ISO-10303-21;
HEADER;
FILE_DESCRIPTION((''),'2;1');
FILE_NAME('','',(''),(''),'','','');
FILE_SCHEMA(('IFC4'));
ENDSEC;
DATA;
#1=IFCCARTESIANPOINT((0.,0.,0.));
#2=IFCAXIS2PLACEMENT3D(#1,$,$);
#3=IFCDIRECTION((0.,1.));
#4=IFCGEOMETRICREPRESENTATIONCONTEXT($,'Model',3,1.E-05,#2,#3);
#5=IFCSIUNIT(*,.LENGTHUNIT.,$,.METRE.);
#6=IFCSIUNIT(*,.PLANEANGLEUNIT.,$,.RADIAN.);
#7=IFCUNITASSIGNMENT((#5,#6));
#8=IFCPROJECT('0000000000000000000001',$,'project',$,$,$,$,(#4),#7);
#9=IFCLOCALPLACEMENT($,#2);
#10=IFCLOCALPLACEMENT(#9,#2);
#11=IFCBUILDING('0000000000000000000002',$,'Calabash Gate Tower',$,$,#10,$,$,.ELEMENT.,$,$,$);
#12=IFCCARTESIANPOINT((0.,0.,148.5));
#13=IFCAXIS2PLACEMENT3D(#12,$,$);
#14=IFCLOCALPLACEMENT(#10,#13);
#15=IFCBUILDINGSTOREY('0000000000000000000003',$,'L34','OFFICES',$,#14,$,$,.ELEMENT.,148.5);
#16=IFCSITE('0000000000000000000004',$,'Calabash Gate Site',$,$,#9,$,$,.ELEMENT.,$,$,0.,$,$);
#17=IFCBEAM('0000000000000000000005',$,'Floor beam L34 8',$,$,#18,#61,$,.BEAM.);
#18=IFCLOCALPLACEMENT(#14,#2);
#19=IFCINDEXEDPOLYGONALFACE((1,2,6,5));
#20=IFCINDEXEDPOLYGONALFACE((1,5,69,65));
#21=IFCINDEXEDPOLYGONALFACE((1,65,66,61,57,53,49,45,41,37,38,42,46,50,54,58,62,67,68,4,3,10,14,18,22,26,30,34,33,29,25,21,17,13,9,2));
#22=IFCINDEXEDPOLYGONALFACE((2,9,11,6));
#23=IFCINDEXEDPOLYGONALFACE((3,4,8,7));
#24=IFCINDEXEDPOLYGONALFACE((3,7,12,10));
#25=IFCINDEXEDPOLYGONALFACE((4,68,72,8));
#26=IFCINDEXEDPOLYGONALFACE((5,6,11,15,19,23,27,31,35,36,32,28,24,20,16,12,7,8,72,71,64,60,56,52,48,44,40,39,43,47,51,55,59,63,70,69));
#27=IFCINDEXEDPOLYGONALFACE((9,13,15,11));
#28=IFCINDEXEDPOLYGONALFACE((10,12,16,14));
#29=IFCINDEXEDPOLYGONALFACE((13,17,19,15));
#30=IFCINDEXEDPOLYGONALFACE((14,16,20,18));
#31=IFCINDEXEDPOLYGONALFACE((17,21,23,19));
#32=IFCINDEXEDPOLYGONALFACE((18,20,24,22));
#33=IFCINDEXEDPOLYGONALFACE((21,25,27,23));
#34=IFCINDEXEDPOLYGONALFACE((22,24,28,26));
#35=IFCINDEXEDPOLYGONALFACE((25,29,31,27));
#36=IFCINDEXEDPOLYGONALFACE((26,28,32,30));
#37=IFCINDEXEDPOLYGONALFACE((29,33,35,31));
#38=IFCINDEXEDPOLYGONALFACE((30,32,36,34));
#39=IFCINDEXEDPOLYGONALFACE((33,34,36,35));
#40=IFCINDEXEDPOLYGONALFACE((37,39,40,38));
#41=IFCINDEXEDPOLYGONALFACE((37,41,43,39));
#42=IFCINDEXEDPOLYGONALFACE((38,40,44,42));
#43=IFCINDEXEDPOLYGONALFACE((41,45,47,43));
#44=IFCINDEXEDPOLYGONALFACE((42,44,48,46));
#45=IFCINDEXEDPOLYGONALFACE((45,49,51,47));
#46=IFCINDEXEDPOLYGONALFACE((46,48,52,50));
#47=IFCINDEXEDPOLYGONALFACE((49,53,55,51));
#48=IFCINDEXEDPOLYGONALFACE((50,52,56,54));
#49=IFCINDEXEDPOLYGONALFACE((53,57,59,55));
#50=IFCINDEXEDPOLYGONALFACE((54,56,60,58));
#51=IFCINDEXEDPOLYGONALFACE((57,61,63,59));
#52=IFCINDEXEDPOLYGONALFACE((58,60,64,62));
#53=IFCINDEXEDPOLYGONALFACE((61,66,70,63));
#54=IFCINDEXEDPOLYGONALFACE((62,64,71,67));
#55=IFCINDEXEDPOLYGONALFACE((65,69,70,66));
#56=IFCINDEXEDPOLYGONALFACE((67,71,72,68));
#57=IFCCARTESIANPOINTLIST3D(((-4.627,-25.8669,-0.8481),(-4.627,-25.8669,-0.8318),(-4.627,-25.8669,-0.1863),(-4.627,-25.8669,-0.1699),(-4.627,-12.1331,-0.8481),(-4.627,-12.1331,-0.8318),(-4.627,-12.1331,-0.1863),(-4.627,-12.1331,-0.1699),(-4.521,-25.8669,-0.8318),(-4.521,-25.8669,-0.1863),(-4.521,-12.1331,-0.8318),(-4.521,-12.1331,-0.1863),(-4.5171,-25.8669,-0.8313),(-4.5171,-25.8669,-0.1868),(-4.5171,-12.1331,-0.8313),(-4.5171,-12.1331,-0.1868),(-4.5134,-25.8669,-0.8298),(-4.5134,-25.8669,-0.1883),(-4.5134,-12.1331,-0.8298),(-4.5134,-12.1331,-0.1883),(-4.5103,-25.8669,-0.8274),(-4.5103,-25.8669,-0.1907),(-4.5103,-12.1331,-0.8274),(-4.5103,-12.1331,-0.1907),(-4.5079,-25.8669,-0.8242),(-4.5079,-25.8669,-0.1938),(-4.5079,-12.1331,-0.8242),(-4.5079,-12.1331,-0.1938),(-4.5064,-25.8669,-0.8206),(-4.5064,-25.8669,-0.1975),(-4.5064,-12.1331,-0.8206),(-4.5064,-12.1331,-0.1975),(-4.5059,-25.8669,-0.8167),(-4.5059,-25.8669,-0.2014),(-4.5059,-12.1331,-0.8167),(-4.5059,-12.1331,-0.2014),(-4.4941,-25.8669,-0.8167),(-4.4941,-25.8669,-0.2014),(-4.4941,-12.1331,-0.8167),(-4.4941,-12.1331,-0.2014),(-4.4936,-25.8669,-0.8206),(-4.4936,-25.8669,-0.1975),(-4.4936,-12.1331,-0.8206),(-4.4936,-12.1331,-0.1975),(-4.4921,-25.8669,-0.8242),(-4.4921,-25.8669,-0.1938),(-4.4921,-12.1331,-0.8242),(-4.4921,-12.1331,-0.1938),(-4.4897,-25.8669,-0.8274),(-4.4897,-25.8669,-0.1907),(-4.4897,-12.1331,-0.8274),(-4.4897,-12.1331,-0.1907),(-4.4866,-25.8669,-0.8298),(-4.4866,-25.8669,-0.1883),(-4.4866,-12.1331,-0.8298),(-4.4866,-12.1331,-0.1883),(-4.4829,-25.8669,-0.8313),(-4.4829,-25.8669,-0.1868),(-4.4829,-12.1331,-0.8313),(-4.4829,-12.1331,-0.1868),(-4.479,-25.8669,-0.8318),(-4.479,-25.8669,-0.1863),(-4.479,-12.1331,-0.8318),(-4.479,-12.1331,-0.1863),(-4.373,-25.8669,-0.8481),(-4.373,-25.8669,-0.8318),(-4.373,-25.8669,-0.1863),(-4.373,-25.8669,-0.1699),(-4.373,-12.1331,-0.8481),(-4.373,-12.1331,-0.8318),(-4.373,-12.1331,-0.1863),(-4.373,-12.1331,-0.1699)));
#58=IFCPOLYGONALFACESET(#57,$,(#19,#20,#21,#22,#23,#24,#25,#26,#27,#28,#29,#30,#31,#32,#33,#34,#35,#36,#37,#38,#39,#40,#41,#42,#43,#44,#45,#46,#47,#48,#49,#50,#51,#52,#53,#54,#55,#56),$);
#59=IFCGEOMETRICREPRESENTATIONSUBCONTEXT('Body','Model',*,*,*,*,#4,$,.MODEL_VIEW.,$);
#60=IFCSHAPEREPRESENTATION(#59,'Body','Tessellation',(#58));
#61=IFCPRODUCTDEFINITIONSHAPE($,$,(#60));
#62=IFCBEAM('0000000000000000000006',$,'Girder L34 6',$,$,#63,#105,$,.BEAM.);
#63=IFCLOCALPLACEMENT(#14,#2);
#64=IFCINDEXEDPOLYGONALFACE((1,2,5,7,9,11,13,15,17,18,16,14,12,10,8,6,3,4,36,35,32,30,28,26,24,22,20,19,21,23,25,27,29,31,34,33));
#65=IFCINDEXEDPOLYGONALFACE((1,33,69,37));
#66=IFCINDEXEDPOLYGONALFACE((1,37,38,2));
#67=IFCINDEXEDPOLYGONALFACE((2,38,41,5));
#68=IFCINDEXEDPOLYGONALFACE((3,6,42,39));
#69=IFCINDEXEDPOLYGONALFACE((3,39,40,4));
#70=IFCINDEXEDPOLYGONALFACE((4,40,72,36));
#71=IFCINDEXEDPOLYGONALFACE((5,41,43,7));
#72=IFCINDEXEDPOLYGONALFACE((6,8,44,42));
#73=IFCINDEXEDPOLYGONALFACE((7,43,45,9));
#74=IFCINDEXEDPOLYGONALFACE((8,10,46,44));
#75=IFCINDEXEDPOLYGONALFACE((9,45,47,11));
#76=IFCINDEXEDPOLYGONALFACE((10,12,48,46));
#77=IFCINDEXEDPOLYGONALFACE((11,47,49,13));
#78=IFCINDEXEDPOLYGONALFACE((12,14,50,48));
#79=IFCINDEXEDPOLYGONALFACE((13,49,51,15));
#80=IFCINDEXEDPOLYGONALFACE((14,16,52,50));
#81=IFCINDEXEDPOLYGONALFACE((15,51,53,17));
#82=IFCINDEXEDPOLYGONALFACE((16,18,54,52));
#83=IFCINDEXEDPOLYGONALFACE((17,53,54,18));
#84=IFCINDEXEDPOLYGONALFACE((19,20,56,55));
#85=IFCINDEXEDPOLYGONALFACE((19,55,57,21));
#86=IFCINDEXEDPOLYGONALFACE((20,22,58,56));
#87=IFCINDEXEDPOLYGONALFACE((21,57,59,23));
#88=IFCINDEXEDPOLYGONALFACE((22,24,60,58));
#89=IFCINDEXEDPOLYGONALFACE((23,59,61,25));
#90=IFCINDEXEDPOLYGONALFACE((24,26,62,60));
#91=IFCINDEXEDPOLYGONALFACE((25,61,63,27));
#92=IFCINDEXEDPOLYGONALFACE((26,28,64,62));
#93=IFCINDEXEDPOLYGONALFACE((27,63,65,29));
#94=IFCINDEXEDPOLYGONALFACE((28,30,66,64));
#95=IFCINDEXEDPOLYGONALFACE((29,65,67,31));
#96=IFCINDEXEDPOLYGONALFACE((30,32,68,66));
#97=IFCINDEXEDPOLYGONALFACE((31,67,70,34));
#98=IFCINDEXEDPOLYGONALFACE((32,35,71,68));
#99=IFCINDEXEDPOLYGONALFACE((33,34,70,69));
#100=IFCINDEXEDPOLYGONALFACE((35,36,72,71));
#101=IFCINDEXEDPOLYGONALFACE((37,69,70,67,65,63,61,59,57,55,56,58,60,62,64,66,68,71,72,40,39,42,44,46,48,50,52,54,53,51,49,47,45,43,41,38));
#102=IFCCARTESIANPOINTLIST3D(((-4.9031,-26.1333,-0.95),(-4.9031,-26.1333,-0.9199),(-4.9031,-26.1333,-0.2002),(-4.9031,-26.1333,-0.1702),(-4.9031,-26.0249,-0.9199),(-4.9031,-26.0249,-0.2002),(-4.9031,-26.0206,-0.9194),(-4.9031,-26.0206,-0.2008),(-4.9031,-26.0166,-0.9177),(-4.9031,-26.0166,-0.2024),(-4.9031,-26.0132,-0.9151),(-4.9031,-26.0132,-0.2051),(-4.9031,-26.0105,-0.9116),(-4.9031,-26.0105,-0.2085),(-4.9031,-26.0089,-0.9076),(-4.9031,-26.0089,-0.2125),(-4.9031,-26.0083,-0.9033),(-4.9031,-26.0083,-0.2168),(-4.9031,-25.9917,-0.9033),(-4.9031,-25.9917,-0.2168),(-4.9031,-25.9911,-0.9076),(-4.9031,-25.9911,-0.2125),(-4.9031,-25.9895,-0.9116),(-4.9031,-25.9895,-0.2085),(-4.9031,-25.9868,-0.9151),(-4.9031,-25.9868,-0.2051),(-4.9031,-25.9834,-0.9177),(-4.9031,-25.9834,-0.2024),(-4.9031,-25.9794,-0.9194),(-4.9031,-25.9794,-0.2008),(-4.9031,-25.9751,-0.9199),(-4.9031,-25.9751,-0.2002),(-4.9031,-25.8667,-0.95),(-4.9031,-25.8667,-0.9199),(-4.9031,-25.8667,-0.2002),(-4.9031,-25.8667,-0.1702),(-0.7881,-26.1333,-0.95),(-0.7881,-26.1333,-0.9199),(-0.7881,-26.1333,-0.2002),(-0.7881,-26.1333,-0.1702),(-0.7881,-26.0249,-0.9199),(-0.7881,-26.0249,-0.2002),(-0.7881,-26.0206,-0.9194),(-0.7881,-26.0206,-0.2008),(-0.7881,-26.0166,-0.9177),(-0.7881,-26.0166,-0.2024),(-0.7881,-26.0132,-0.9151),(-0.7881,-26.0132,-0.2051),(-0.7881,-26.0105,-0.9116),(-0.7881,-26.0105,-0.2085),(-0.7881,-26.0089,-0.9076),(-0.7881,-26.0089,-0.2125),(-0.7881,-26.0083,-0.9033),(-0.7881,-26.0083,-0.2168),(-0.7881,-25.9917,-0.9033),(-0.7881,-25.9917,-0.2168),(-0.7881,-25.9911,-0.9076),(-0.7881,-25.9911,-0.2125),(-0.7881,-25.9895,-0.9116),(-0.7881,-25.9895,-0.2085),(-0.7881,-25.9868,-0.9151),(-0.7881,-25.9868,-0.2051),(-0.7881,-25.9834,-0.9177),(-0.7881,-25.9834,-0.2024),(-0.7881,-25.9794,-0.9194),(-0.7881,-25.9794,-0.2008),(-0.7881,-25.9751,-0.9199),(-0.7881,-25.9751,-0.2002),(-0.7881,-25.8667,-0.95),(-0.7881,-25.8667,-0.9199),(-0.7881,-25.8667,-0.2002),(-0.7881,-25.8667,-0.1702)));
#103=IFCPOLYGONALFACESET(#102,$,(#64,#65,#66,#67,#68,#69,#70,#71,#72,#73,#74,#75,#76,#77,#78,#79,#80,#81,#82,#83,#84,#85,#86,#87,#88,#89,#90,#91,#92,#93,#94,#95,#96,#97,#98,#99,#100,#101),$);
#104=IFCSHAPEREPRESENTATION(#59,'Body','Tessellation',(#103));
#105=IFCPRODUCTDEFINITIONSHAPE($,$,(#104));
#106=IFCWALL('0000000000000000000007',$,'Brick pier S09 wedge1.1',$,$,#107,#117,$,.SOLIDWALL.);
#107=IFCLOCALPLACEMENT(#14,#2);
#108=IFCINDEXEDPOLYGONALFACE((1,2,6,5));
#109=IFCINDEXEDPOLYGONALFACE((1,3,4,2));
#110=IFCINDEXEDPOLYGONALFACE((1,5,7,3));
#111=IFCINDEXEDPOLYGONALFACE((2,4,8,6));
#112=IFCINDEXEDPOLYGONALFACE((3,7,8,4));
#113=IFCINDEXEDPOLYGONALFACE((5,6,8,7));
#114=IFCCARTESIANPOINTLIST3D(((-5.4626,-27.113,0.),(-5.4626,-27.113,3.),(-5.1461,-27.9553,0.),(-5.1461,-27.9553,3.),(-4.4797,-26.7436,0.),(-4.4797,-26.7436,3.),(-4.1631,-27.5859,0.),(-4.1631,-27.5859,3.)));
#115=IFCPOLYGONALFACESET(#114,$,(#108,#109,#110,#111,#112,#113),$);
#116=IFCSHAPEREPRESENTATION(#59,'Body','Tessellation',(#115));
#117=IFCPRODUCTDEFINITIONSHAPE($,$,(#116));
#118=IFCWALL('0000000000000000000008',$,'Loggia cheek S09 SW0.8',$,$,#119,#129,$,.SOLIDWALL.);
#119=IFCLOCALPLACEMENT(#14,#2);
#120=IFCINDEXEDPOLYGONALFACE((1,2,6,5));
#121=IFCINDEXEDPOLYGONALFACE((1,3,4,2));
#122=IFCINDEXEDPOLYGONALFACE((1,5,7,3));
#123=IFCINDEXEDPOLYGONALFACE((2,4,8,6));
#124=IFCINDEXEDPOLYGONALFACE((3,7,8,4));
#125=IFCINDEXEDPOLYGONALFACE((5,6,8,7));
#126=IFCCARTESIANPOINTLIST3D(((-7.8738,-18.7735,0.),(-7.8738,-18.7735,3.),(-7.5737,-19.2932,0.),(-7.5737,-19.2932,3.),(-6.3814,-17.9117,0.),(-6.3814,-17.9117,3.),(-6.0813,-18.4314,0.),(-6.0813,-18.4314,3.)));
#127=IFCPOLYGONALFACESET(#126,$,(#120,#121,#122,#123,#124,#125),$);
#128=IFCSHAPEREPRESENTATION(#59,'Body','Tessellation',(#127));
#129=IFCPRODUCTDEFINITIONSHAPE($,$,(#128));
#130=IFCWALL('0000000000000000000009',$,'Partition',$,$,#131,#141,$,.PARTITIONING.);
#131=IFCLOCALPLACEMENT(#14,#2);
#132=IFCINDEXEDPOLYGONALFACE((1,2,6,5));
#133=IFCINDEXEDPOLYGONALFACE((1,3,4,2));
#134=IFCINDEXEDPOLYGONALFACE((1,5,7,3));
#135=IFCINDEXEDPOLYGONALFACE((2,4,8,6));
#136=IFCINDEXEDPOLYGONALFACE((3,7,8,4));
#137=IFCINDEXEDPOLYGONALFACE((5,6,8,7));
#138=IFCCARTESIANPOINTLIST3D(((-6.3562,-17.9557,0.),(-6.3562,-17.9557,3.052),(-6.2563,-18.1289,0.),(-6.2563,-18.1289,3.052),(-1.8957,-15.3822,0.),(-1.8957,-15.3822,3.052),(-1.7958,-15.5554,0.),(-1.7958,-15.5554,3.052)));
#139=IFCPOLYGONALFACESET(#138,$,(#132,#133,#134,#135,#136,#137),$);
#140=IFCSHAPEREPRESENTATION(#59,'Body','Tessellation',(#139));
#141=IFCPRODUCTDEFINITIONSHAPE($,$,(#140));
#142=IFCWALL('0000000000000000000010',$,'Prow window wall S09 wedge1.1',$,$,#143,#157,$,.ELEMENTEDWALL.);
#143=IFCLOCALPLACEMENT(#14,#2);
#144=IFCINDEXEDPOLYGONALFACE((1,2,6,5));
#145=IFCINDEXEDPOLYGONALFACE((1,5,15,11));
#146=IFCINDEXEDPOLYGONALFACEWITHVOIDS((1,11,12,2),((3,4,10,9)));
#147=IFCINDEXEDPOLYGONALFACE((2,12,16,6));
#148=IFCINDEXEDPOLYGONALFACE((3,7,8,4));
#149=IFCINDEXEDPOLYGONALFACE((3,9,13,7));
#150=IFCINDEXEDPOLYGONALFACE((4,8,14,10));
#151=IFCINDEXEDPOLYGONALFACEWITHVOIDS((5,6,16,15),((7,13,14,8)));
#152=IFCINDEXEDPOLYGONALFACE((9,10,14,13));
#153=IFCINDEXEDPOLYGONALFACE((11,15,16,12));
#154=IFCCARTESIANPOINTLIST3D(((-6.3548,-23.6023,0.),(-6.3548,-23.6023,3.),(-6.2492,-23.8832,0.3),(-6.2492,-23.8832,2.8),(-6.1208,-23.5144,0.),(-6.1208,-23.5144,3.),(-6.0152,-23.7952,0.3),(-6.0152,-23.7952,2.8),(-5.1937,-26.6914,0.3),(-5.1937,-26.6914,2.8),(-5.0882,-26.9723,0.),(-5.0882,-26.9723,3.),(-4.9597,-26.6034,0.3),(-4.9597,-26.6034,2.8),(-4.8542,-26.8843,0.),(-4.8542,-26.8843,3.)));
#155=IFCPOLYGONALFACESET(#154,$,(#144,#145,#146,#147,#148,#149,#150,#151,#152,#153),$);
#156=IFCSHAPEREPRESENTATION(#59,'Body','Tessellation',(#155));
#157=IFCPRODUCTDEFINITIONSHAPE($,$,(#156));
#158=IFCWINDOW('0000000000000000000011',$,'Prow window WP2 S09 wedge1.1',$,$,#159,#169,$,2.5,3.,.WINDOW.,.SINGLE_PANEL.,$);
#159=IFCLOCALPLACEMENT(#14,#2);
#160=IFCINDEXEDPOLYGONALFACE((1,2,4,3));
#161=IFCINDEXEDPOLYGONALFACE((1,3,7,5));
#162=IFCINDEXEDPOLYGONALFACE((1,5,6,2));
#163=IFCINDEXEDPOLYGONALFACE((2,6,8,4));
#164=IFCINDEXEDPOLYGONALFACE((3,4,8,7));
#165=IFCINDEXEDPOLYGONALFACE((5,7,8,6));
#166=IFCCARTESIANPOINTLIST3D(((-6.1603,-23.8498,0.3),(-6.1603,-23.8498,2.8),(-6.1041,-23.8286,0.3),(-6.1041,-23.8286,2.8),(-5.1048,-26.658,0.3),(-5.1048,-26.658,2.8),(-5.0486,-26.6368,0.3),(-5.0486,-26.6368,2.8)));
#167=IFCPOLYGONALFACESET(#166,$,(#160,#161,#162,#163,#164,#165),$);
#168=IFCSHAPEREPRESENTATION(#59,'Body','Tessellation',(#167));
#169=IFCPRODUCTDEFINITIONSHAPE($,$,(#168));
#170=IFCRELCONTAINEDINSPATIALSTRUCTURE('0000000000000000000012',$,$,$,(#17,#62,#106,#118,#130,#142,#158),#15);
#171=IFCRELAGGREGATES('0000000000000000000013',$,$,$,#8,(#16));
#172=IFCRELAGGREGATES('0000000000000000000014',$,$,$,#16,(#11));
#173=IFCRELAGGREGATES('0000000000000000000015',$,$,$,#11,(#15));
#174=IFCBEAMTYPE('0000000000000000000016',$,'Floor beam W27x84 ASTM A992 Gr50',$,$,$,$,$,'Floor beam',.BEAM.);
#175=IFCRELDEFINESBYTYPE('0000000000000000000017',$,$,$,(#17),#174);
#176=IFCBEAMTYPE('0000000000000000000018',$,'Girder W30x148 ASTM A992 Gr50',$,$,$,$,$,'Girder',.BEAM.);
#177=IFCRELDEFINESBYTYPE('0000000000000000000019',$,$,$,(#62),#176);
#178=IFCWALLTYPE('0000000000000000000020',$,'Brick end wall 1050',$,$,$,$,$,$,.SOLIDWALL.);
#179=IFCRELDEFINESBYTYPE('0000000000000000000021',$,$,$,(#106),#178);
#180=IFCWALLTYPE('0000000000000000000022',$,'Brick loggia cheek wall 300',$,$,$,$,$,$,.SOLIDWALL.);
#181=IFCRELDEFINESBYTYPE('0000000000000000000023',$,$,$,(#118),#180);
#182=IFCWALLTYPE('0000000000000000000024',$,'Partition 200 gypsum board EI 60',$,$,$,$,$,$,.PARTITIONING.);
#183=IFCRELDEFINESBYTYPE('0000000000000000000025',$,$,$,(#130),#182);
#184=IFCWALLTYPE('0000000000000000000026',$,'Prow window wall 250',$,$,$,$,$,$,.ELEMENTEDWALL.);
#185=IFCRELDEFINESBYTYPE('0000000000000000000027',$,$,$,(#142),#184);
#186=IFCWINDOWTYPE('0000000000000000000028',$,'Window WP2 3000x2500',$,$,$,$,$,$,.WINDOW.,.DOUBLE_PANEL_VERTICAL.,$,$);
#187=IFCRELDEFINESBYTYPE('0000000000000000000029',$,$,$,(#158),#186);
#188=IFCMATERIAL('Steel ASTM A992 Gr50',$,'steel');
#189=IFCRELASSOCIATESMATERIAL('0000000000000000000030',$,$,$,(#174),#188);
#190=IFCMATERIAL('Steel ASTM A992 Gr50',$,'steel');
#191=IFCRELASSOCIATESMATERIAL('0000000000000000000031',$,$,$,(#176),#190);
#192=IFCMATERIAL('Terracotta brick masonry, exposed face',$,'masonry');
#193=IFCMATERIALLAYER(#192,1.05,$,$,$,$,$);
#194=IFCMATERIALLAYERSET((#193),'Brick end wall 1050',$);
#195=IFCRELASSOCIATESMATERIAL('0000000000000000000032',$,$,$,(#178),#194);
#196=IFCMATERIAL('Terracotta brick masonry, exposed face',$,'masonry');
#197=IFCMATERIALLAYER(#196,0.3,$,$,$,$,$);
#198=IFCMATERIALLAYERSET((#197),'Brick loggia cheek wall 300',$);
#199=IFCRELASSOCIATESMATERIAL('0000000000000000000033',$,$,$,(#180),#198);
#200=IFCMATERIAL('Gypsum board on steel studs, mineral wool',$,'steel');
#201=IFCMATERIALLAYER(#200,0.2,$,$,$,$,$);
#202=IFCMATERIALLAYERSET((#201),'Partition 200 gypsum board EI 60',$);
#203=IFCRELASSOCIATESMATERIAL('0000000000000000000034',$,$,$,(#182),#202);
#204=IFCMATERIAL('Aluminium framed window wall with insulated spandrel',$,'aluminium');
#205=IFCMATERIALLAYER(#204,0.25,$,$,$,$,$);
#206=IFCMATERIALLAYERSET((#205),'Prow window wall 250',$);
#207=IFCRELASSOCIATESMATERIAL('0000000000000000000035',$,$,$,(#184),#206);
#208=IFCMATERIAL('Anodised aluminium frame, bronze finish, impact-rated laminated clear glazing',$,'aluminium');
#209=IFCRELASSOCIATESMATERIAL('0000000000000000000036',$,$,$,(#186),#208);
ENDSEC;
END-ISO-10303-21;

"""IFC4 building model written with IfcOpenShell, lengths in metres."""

from ifc_helpers import new_model, si_unit, direction, frame, frame_2d, origin, origin_2d, place, context, subcontext, project, spatial, rectangle, i_section, extrude, material, layer, layer_set, material_profile, profile_set, type_object, element, fill, save


model = new_model("IFC4")

# Units and contexts
model_context = context("Model", 3, precision=1e-05, world=origin(), true_north=direction((0.0, 1.0)))
body_context = subcontext(model_context, "Body", "Model", "MODEL_VIEW")
ifc_project = project(units=[si_unit("LENGTHUNIT", "METRE"), si_unit("PLANEANGLEUNIT", "RADIAN")], contexts=[model_context])

# Site, building, storey
site_placement = place(None, origin())
site = spatial("IfcSite", under=ifc_project, at=site_placement, Name="Calabash Gate Site", CompositionType="ELEMENT", RefElevation=0.0)
building_placement = place(site_placement, origin())
building = spatial("IfcBuilding", under=site, at=building_placement, Name="Calabash Gate Tower", CompositionType="ELEMENT")
storey_placement = place(building_placement, frame((0.0, 0.0, 148.5)))
storey = spatial("IfcBuildingStorey", under=building, at=storey_placement, Name="L34", Description="OFFICES", CompositionType="ELEMENT", Elevation=148.5)

# Beams
ifc_material_1 = material(Name="Steel ASTM A992 Gr50", Category="steel")
ifc_material_profile_1 = material_profile(ifc_material_1, i_section(OverallWidth=0.2539, OverallDepth=0.6782, WebThickness=0.0117, FlangeThickness=0.0164, FilletRadius=0.0151, at=origin_2d()))
ifc_profile_set_1 = profile_set([ifc_material_profile_1], Name="Steel ASTM A992 Gr50")
beam_type_1 = type_object("IfcBeamType", Name="Floor beam W27x84 ASTM A992 Gr50", ElementType="Floor beam", PredefinedType="BEAM", material=ifc_profile_set_1)
beam_1_placement = place(storey_placement, frame((-4.5, -25.8669, -0.509), z_axis=(0.0, 1.0, 0.0), x_axis=(-1.0, 0.0, 0.0)))
element("IfcBeam", 1, at=beam_1_placement, inside=storey, type_object=beam_type_1, Name="Floor beam L34 8", PredefinedType="BEAM", context=body_context, shape_type="SweptSolid", body=[
    extrude(i_section(OverallWidth=0.2539, OverallDepth=0.6782, WebThickness=0.0117, FlangeThickness=0.0164, FilletRadius=0.0151, at=origin_2d()), origin(), (0.0, 0.0, 1.0), 13.7339),
])
ifc_material_2 = material(Name="Steel ASTM A992 Gr50", Category="steel")
ifc_material_profile_2 = material_profile(ifc_material_2, i_section(OverallWidth=0.2666, OverallDepth=0.7798, WebThickness=0.0166, FlangeThickness=0.03, FilletRadius=0.0166, at=origin_2d()))
ifc_profile_set_2 = profile_set([ifc_material_profile_2], Name="Steel ASTM A992 Gr50")
beam_type_2 = type_object("IfcBeamType", Name="Girder W30x148 ASTM A992 Gr50", ElementType="Girder", PredefinedType="BEAM", material=ifc_profile_set_2)
beam_2_placement = place(storey_placement, frame((-4.9031, -26.0, -0.5601), z_axis=(1.0, 0.0, 0.0), x_axis=(0.0, 1.0, 0.0)))
element("IfcBeam", 2, at=beam_2_placement, inside=storey, type_object=beam_type_2, Name="Girder L34 6", PredefinedType="BEAM", context=body_context, shape_type="SweptSolid", body=[
    extrude(i_section(OverallWidth=0.2666, OverallDepth=0.7798, WebThickness=0.0166, FlangeThickness=0.03, FilletRadius=0.0166, at=origin_2d()), origin(), (0.0, 0.0, 1.0), 4.115),
])

# Walls
ifc_material_3 = material(Name="Terracotta brick masonry, exposed face", Category="masonry")
ifc_layer_1 = layer(ifc_material_3, 1.05)
ifc_layer_set_1 = layer_set([ifc_layer_1], Name="Brick end wall 1050")
wall_type_1 = type_object("IfcWallType", Name="Brick end wall 1050", PredefinedType="SOLIDWALL", material=ifc_layer_set_1)
wall_1_placement = place(storey_placement, frame((-4.3215, -27.1648, 0.0), z_axis=(0.0, 0.0, 1.0), x_axis=(-0.936081, -0.351786, 0.0)))
element("IfcWall", 3, at=wall_1_placement, inside=storey, type_object=wall_type_1, Name="Brick pier S09 wedge1.1", PredefinedType="SOLIDWALL", context=body_context, shape_type="SweptSolid", body=[
    extrude(rectangle(XDim=1.05, YDim=0.8999, at=frame_2d((0.5249, 0.0))), origin(), (0.0, 0.0, 1.0), 3.0),
])
ifc_material_4 = material(Name="Terracotta brick masonry, exposed face", Category="masonry")
ifc_layer_2 = layer(ifc_material_4, 0.3)
ifc_layer_set_2 = layer_set([ifc_layer_2], Name="Brick loggia cheek wall 300")
wall_type_2 = type_object("IfcWallType", Name="Brick loggia cheek wall 300", PredefinedType="SOLIDWALL", material=ifc_layer_set_2)
wall_2_placement = place(storey_placement, frame((-7.7239, -19.0334, 0.0), z_axis=(0.0, 0.0, 1.0), x_axis=(0.865985, 0.50007, 0.0)))
element("IfcWall", 4, at=wall_2_placement, inside=storey, type_object=wall_type_2, Name="Loggia cheek S09 SW0.8", PredefinedType="SOLIDWALL", context=body_context, shape_type="SweptSolid", body=[
    extrude(rectangle(XDim=1.7234, YDim=0.6001, at=frame_2d((0.8618, 0.0))), origin(), (0.0, 0.0, 1.0), 3.0),
])
ifc_material_5 = material(Name="Gypsum board on steel studs, mineral wool", Category="steel")
ifc_layer_3 = layer(ifc_material_5, 0.2)
ifc_layer_set_3 = layer_set([ifc_layer_3], Name="Partition 200 gypsum board EI 60")
wall_type_3 = type_object("IfcWallType", Name="Partition 200 gypsum board EI 60", PredefinedType="PARTITIONING", material=ifc_layer_set_3)
wall_3_placement = place(storey_placement, frame((-6.3062, -18.0422, 0.0), z_axis=(0.0, 0.0, 1.0), x_axis=(0.866173, 0.499744, 0.0)))
element("IfcWall", 5, at=wall_3_placement, inside=storey, type_object=wall_type_3, Name="Partition", PredefinedType="PARTITIONING", context=body_context, shape_type="SweptSolid", body=[
    extrude(rectangle(XDim=5.1497, YDim=0.2, at=frame_2d((2.5747, 0.0))), origin(), (0.0, 0.0, 1.0), 3.052),
])

# Wall, opening, window
ifc_material_6 = material(Name="Aluminium framed window wall with insulated spandrel", Category="aluminium")
ifc_layer_4 = layer(ifc_material_6, 0.25)
ifc_layer_set_4 = layer_set([ifc_layer_4], Name="Prow window wall 250")
wall_type_4 = type_object("IfcWallType", Name="Prow window wall 250", PredefinedType="ELEMENTEDWALL", material=ifc_layer_set_4)
wall_4_placement = place(storey_placement, frame((-6.2378, -23.5583, 0.0), z_axis=(0.0, 0.0, 1.0), x_axis=(0.351829, -0.936064, 0.0)))
wall_4 = element("IfcWall", 6, at=wall_4_placement, inside=storey, type_object=wall_type_4, Name="Prow window wall S09 wedge1.1", PredefinedType="ELEMENTEDWALL", context=body_context, shape_type="SweptSolid", body=[
    extrude(rectangle(XDim=3.6001, YDim=0.25, at=frame_2d((1.8, 0.0))), origin(), (0.0, 0.0, 1.0), 3.0),
])
opening_1_placement = place(wall_4_placement, frame((0.3, 0.0, 0.3)))
opening_1 = element("IfcOpeningElement", 7, at=opening_1_placement, cuts=wall_4, PredefinedType="OPENING", context=body_context, shape_type="SweptSolid", body=[
    extrude(rectangle(XDim=3.0, YDim=2.5, at=frame_2d((1.5, 1.25))), frame((0.0, 0.135, 0.0), z_axis=(0.0, -1.0, 0.0), x_axis=(1.0, 0.0, 0.0)), (0.0, 0.0, 1.0), 0.27),
])
ifc_material_7 = material(Name="Anodised aluminium frame, bronze finish, impact-rated laminated clear glazing", Category="aluminium")
window_type = type_object("IfcWindowType", Name="Window WP2 3000x2500", PartitioningType="DOUBLE_PANEL_VERTICAL", PredefinedType="WINDOW", material=ifc_material_7)
window_1_placement = place(opening_1_placement, origin())
window_1 = element("IfcWindow", 8, at=window_1_placement, inside=storey, type_object=window_type, Name="Prow window WP2 S09 wedge1.1", OverallHeight=2.5, OverallWidth=3.0, PartitioningType="SINGLE_PANEL", PredefinedType="WINDOW", context=body_context, shape_type="SweptSolid", body=[
    extrude(rectangle(XDim=3.0, YDim=2.5, at=frame_2d((1.5, 1.25))), frame((0.0, 0.03, 0.0), z_axis=(0.0, -1.0, 0.0), x_axis=(1.0, 0.0, 0.0)), (0.0, 0.0, 1.0), 0.0601),
])
fill(opening_1, window_1)

save(model, "model.ifc")
